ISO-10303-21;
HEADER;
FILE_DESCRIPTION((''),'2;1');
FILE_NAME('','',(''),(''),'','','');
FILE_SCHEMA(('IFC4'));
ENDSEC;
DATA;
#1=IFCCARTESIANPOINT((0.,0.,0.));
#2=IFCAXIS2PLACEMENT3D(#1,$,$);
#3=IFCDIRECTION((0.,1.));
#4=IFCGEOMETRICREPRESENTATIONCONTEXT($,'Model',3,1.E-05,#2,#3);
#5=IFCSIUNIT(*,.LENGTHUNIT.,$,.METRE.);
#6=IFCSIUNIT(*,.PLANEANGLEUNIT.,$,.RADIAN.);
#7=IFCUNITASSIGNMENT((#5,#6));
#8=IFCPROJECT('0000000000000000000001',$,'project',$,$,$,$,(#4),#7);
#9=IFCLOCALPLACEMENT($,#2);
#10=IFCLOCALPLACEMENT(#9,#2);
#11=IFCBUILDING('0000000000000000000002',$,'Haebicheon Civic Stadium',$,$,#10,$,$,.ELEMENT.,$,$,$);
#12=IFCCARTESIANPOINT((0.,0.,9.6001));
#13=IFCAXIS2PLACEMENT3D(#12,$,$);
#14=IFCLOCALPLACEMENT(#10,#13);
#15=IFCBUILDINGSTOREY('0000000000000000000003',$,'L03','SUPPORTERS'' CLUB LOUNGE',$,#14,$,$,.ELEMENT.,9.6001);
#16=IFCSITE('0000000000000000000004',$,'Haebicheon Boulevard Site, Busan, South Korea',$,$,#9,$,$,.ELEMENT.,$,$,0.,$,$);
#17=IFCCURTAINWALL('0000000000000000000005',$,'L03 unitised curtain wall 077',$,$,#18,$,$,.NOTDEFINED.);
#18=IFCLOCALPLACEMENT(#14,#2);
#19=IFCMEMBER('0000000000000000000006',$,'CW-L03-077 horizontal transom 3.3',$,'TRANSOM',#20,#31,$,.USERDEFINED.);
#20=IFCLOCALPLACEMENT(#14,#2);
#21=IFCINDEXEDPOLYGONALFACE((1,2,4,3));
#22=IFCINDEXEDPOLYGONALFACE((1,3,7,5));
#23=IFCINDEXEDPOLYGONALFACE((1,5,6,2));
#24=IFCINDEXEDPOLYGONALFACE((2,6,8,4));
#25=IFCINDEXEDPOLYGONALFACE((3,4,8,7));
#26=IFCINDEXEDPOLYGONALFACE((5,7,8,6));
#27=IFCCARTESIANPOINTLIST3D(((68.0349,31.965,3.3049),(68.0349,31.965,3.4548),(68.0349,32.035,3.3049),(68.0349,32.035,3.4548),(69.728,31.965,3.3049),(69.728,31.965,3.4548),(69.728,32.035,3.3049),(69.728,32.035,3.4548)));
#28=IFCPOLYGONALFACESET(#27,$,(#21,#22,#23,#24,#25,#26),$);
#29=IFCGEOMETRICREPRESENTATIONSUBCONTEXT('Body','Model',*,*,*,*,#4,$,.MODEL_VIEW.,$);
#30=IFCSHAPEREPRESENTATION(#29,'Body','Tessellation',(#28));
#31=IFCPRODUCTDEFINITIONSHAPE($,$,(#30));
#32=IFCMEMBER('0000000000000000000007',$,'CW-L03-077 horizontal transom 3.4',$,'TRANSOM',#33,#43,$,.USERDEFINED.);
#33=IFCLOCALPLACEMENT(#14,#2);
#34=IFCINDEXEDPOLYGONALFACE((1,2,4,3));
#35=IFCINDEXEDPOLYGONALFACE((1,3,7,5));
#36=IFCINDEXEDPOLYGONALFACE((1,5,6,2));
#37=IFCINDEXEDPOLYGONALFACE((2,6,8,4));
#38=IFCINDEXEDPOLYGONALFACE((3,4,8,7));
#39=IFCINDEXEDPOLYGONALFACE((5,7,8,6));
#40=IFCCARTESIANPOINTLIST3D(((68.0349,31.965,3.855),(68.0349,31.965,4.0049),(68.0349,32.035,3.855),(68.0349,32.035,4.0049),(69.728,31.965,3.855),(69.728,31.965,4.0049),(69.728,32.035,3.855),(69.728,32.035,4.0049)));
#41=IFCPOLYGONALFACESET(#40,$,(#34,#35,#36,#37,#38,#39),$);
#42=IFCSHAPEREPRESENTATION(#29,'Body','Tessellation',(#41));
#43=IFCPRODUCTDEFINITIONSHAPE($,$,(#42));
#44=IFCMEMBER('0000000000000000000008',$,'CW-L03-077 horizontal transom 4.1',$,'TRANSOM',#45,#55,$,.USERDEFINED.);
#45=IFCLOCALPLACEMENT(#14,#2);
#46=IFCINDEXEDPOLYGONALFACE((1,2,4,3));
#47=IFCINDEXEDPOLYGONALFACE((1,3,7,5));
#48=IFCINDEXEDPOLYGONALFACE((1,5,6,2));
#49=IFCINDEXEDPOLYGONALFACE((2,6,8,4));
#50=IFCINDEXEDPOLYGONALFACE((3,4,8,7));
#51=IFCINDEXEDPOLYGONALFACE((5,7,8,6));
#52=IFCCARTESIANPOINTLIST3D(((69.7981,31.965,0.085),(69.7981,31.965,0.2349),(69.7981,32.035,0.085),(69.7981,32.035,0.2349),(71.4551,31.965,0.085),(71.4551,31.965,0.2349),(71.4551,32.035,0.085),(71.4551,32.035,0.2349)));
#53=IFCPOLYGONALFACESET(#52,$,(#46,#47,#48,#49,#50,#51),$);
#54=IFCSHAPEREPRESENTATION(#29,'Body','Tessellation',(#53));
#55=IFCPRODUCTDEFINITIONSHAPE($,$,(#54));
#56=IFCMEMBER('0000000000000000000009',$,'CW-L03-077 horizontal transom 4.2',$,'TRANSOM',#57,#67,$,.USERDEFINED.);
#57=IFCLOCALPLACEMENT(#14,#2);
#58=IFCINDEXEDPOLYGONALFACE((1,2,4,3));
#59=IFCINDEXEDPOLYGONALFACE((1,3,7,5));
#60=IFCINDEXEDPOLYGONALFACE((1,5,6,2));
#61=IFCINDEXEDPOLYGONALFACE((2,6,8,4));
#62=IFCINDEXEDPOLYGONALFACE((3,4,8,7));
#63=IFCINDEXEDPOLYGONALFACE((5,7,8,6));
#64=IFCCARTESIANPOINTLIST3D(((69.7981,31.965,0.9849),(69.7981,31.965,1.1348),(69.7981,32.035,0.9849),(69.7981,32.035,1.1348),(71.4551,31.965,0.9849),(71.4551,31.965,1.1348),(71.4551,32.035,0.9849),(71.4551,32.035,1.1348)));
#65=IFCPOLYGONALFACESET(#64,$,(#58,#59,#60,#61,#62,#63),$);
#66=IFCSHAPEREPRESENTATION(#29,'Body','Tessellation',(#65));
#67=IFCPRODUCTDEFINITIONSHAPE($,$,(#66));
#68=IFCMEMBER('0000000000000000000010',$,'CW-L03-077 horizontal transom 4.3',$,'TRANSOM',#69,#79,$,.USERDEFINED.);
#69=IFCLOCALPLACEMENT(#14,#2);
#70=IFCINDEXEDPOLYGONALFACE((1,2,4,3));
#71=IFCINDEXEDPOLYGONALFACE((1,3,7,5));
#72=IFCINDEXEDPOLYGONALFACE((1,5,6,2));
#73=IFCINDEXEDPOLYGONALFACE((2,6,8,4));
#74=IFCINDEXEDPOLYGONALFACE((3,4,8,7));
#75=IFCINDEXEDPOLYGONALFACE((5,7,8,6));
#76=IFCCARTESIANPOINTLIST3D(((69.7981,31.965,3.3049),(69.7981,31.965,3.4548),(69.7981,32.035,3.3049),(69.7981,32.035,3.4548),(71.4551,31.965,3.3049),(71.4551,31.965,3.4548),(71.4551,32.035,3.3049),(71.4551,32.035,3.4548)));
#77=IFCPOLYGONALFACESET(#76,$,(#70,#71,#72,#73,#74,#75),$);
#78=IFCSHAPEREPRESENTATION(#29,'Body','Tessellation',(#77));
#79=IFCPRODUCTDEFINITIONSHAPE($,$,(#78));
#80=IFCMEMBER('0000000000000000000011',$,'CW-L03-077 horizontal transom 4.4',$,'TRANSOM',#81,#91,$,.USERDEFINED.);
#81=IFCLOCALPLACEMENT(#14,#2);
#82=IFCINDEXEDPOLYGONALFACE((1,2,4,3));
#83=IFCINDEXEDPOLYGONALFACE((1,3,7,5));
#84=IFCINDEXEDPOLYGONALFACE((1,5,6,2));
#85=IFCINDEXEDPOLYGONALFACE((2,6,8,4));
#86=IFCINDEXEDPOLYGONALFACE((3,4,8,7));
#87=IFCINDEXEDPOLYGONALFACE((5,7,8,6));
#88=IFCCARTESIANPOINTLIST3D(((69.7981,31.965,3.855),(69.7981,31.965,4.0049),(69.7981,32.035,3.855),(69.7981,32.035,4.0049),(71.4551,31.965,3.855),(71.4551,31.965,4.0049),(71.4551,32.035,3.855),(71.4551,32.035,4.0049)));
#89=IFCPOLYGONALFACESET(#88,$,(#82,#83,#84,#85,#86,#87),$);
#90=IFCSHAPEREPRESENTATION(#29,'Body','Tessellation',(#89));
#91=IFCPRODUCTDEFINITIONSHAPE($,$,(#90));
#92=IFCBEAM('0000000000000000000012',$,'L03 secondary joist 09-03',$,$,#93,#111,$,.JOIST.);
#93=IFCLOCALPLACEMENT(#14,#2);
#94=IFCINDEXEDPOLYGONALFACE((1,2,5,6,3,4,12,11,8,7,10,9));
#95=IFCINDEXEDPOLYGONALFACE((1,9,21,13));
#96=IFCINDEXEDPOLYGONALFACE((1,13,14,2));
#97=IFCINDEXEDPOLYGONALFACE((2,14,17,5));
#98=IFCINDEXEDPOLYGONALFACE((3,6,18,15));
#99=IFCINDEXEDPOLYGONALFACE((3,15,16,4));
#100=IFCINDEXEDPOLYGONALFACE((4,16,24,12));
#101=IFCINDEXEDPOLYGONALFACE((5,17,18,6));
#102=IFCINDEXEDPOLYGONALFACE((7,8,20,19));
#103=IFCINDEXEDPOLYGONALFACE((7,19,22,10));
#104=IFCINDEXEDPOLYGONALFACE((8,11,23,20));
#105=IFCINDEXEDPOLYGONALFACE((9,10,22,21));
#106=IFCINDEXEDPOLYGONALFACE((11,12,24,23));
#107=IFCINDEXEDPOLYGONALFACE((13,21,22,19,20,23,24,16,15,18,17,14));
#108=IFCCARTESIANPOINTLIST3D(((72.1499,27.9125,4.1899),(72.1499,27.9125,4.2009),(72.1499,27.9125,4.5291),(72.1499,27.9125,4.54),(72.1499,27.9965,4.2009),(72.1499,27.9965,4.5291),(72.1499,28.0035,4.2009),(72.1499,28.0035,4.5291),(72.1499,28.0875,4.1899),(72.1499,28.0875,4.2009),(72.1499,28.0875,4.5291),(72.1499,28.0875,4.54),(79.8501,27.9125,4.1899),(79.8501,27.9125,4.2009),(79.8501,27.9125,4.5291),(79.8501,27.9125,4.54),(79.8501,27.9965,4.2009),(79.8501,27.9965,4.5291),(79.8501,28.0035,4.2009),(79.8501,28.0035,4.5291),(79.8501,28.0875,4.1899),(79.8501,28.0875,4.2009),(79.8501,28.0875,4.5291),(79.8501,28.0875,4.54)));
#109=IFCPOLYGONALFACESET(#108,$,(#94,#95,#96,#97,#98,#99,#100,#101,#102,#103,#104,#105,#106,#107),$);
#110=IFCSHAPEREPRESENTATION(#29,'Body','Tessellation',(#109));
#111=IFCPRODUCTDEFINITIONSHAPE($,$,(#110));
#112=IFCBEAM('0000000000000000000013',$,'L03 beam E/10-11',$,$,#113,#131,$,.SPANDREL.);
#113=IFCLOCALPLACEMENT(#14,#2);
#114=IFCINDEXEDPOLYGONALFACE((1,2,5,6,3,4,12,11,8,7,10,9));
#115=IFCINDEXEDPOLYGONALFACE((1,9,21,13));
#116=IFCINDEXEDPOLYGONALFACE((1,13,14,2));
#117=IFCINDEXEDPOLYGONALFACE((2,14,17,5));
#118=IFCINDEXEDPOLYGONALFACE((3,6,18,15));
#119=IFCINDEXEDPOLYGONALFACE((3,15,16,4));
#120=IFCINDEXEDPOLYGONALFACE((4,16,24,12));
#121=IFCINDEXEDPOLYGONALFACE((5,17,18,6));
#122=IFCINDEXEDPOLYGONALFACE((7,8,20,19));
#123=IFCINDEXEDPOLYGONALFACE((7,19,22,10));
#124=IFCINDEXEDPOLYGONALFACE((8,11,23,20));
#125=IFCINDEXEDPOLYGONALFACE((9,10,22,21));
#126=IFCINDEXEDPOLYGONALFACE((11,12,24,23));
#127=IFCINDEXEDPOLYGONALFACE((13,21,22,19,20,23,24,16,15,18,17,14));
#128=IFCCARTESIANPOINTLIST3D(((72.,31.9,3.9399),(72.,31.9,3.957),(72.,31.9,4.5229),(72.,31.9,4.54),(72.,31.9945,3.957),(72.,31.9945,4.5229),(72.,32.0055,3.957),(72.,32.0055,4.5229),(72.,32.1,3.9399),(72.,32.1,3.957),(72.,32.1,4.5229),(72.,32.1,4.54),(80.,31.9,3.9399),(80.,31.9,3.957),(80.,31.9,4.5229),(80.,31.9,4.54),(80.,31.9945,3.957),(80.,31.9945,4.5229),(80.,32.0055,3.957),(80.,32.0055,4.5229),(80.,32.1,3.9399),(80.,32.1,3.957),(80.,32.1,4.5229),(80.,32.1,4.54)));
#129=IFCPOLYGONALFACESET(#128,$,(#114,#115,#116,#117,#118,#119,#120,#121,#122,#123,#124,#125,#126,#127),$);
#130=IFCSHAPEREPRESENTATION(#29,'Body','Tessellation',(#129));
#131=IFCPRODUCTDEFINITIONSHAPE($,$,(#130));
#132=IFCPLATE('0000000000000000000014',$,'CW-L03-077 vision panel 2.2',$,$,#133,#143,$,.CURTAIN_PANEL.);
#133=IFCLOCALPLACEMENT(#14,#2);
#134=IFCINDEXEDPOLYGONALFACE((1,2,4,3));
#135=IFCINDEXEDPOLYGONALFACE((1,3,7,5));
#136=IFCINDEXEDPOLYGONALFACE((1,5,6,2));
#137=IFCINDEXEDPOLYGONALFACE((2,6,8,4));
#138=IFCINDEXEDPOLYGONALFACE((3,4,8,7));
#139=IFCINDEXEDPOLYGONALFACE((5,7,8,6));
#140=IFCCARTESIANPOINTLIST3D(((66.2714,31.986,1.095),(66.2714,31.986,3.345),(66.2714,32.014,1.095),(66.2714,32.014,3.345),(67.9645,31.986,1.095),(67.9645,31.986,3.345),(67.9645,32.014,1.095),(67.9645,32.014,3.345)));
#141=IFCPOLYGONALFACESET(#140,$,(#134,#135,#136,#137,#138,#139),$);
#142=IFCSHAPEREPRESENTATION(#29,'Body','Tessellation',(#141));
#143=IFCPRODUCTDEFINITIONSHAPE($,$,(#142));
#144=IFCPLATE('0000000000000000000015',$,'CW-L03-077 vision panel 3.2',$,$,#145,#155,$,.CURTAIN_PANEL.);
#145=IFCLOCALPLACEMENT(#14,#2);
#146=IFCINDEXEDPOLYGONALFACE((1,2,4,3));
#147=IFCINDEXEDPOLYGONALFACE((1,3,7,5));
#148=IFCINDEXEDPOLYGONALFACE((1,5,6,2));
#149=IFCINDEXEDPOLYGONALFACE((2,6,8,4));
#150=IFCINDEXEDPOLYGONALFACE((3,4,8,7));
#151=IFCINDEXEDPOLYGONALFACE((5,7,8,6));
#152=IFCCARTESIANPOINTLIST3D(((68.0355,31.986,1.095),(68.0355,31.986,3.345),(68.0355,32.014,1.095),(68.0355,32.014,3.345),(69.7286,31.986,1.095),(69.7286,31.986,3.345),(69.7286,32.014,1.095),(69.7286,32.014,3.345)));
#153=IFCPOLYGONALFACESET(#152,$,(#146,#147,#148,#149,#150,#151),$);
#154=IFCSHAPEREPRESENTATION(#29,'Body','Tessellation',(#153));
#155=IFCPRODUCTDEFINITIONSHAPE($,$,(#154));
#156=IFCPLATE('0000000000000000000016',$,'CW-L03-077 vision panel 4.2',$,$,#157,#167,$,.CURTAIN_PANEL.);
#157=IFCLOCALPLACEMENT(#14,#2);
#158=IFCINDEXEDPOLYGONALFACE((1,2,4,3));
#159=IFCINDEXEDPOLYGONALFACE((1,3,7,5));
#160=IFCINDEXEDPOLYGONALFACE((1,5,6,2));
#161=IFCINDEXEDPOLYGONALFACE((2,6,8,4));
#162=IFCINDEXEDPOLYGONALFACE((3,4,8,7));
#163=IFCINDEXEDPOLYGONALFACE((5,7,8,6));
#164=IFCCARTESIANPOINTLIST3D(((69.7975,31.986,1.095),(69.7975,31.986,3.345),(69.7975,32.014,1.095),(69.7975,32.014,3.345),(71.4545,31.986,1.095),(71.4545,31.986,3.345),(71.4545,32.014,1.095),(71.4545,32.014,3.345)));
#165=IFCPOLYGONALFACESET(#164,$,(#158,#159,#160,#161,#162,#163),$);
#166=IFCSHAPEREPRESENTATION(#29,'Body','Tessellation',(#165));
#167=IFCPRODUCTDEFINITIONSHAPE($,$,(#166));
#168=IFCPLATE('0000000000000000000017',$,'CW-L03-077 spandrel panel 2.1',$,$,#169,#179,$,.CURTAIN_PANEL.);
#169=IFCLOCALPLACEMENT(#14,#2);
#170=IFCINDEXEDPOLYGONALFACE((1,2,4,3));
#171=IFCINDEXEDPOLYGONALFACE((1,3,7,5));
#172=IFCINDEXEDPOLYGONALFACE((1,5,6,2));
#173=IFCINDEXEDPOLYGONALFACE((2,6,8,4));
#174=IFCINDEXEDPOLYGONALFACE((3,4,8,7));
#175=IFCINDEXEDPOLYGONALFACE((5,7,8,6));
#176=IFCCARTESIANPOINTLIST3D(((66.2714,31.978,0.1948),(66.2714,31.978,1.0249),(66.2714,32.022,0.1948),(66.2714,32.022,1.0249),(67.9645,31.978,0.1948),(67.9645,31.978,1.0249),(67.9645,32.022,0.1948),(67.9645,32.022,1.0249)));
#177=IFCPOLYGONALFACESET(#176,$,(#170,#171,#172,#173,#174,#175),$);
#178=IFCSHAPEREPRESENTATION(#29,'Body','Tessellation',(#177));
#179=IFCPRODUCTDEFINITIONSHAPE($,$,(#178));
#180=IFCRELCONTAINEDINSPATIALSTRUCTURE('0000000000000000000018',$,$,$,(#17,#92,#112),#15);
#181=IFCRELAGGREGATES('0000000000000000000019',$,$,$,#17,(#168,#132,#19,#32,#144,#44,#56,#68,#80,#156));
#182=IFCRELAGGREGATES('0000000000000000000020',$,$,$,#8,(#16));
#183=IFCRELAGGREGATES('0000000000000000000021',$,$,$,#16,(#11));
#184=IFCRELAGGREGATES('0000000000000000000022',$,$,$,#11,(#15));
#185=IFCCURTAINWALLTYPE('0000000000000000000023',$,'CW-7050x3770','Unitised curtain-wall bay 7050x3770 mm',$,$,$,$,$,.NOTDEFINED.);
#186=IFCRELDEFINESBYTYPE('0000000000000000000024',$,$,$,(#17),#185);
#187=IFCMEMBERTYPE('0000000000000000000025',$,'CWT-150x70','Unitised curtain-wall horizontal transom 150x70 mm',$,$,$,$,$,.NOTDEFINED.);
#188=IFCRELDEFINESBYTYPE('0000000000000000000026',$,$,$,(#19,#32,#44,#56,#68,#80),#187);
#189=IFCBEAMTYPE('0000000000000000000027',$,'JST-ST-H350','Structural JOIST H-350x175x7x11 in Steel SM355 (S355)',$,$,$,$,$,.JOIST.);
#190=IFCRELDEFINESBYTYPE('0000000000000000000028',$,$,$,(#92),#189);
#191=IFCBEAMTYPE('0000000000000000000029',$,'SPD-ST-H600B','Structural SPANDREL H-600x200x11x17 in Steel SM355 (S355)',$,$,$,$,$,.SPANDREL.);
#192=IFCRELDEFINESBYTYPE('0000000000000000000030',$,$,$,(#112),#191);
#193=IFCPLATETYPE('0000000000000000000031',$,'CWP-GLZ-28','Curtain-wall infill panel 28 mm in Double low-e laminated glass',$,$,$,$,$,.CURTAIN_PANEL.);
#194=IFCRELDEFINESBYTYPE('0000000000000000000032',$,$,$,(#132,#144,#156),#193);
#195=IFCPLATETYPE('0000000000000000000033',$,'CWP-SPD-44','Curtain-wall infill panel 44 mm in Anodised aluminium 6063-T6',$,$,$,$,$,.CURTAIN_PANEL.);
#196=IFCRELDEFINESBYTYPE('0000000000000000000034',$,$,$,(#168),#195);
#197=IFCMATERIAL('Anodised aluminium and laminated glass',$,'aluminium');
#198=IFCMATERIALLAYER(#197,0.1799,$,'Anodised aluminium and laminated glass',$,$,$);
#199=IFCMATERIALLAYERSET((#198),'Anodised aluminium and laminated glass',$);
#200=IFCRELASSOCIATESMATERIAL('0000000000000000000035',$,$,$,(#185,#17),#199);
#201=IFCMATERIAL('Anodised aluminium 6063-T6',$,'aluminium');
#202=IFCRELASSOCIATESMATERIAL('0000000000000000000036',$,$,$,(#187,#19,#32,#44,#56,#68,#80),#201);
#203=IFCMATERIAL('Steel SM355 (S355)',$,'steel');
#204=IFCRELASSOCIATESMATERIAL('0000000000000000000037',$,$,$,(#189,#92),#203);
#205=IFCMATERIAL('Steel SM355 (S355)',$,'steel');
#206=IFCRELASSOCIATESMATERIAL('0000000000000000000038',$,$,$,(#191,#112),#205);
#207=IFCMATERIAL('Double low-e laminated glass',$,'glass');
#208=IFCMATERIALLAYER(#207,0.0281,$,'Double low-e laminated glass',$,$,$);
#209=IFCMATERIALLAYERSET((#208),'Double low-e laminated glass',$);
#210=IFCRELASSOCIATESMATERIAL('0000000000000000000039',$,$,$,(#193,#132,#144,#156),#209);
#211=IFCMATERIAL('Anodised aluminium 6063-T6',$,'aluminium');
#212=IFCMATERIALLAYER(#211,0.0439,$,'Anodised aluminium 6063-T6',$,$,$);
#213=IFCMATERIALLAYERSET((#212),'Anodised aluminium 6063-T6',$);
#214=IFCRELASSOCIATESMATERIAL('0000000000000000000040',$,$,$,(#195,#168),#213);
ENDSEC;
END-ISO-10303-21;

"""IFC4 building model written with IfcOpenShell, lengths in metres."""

from ifc_helpers import new_model, si_unit, direction, frame, origin, origin_2d, place, context, subcontext, project, spatial, rectangle, i_section, extrude, material, layer, layer_set, material_profile, profile_set, type_object, element, aggregate, save


model = new_model("IFC4")

# Units and contexts
model_context = context("Model", 3, precision=1e-05, world=origin(), true_north=direction((0.0, 1.0)))
body_context = subcontext(model_context, "Body", "Model", "MODEL_VIEW")
ifc_project = project(units=[si_unit("LENGTHUNIT", "METRE"), si_unit("PLANEANGLEUNIT", "RADIAN")], contexts=[model_context])

# Site, building, storey
site_placement = place(None, origin())
site = spatial("IfcSite", under=ifc_project, at=site_placement, Name="Haebicheon Boulevard Site, Busan, South Korea", CompositionType="ELEMENT", RefElevation=0.0)
building_placement = place(site_placement, origin())
building = spatial("IfcBuilding", under=site, at=building_placement, Name="Haebicheon Civic Stadium", CompositionType="ELEMENT")
storey_placement = place(building_placement, frame((0.0, 0.0, 9.6001)))
storey = spatial("IfcBuildingStorey", under=building, at=storey_placement, Name="L03", Description="SUPPORTERS' CLUB LOUNGE", CompositionType="ELEMENT", Elevation=9.6001)

# Curtain wall, members
ifc_material_1 = material(Name="Anodised aluminium and laminated glass", Category="aluminium")
ifc_layer_1 = layer(ifc_material_1, 0.1799, Name="Anodised aluminium and laminated glass")
ifc_layer_set_1 = layer_set([ifc_layer_1], Name="Anodised aluminium and laminated glass")
curtain_wall_type = type_object("IfcCurtainWallType", Name="CW-7050x3770", Description="Unitised curtain-wall bay 7050x3770 mm", PredefinedType="NOTDEFINED", material=ifc_layer_set_1)
curtain_wall_placement = place(storey_placement, origin())
curtain_wall = element("IfcCurtainWall", 1, at=curtain_wall_placement, inside=storey, type_object=curtain_wall_type, material=ifc_layer_set_1, Name="L03 unitised curtain wall 077", PredefinedType="NOTDEFINED")
ifc_material_2 = material(Name="Anodised aluminium 6063-T6", Category="aluminium")
ifc_material_profile_1 = material_profile(ifc_material_2, rectangle(XDim=0.0701, YDim=0.1499, at=origin_2d()), Name="ALU-TRAN-70x150")
ifc_profile_set_1 = profile_set([ifc_material_profile_1], Name="Anodised aluminium 6063-T6")
member_type_1 = type_object("IfcMemberType", Name="CWT-150x70", Description="Unitised curtain-wall horizontal transom 150x70 mm", PredefinedType="NOTDEFINED", material=ifc_profile_set_1)
member_1_placement = place(storey_placement, frame((68.0349, 32.0, 3.3799), z_axis=(1.0, 0.0, 0.0), x_axis=(0.0, 1.0, 0.0)))
member_1 = element("IfcMember", 2, at=member_1_placement, type_object=member_type_1, material=ifc_profile_set_1, Name="CW-L03-077 horizontal transom 3.3", ObjectType="TRANSOM", PredefinedType="USERDEFINED", context=body_context, shape_type="SweptSolid", body=[
    extrude(rectangle(XDim=0.0701, YDim=0.1499, at=origin_2d()), origin(), (0.0, 0.0, 1.0), 1.6931),
])
member_2_placement = place(storey_placement, frame((68.0349, 32.0, 3.9299), z_axis=(1.0, 0.0, 0.0), x_axis=(0.0, 1.0, 0.0)))
member_2 = element("IfcMember", 3, at=member_2_placement, type_object=member_type_1, material=ifc_profile_set_1, Name="CW-L03-077 horizontal transom 3.4", ObjectType="TRANSOM", PredefinedType="USERDEFINED", context=body_context, shape_type="SweptSolid", body=[
    extrude(rectangle(XDim=0.0701, YDim=0.1499, at=origin_2d()), origin(), (0.0, 0.0, 1.0), 1.6931),
])
member_3_placement = place(storey_placement, frame((69.7981, 32.0, 0.1599), z_axis=(1.0, 0.0, 0.0), x_axis=(0.0, 1.0, 0.0)))
member_3 = element("IfcMember", 4, at=member_3_placement, type_object=member_type_1, material=ifc_profile_set_1, Name="CW-L03-077 horizontal transom 4.1", ObjectType="TRANSOM", PredefinedType="USERDEFINED", context=body_context, shape_type="SweptSolid", body=[
    extrude(rectangle(XDim=0.0701, YDim=0.1499, at=origin_2d()), origin(), (0.0, 0.0, 1.0), 1.657),
])
member_4_placement = place(storey_placement, frame((69.7981, 32.0, 1.0598), z_axis=(1.0, 0.0, 0.0), x_axis=(0.0, 1.0, 0.0)))
member_4 = element("IfcMember", 5, at=member_4_placement, type_object=member_type_1, material=ifc_profile_set_1, Name="CW-L03-077 horizontal transom 4.2", ObjectType="TRANSOM", PredefinedType="USERDEFINED", context=body_context, shape_type="SweptSolid", body=[
    extrude(rectangle(XDim=0.0701, YDim=0.1499, at=origin_2d()), origin(), (0.0, 0.0, 1.0), 1.657),
])
member_5_placement = place(storey_placement, frame((69.7981, 32.0, 3.3799), z_axis=(1.0, 0.0, 0.0), x_axis=(0.0, 1.0, 0.0)))
member_5 = element("IfcMember", 6, at=member_5_placement, type_object=member_type_1, material=ifc_profile_set_1, Name="CW-L03-077 horizontal transom 4.3", ObjectType="TRANSOM", PredefinedType="USERDEFINED", context=body_context, shape_type="SweptSolid", body=[
    extrude(rectangle(XDim=0.0701, YDim=0.1499, at=origin_2d()), origin(), (0.0, 0.0, 1.0), 1.657),
])
member_6_placement = place(storey_placement, frame((69.7981, 32.0, 3.9299), z_axis=(1.0, 0.0, 0.0), x_axis=(0.0, 1.0, 0.0)))
member_6 = element("IfcMember", 7, at=member_6_placement, type_object=member_type_1, material=ifc_profile_set_1, Name="CW-L03-077 horizontal transom 4.4", ObjectType="TRANSOM", PredefinedType="USERDEFINED", context=body_context, shape_type="SweptSolid", body=[
    extrude(rectangle(XDim=0.0701, YDim=0.1499, at=origin_2d()), origin(), (0.0, 0.0, 1.0), 1.657),
])

# Beams
ifc_material_3 = material(Name="Steel SM355 (S355)", Category="steel")
ifc_material_profile_2 = material_profile(ifc_material_3, i_section(OverallWidth=0.175, OverallDepth=0.3501, WebThickness=0.0071, FlangeThickness=0.011, at=origin_2d()), Name="H-350x175x7x11")
ifc_profile_set_2 = profile_set([ifc_material_profile_2], Name="Steel SM355 (S355)")
beam_type_1 = type_object("IfcBeamType", Name="JST-ST-H350", Description="Structural JOIST H-350x175x7x11 in Steel SM355 (S355)", PredefinedType="JOIST", material=ifc_profile_set_2)
beam_1_placement = place(storey_placement, frame((72.1499, 28.0, 4.365), z_axis=(1.0, 0.0, 0.0), x_axis=(0.0, 1.0, 0.0)))
element("IfcBeam", 8, at=beam_1_placement, inside=storey, type_object=beam_type_1, material=ifc_profile_set_2, Name="L03 secondary joist 09-03", PredefinedType="JOIST", context=body_context, shape_type="SweptSolid", body=[
    extrude(i_section(OverallWidth=0.175, OverallDepth=0.3501, WebThickness=0.0071, FlangeThickness=0.011, at=origin_2d()), origin(), (0.0, 0.0, 1.0), 7.7002),
])
ifc_material_4 = material(Name="Steel SM355 (S355)", Category="steel")
ifc_material_profile_3 = material_profile(ifc_material_4, i_section(OverallWidth=0.2, OverallDepth=0.6001, WebThickness=0.011, FlangeThickness=0.0171, at=origin_2d()), Name="H-600x200x11x17")
ifc_profile_set_3 = profile_set([ifc_material_profile_3], Name="Steel SM355 (S355)")
beam_type_2 = type_object("IfcBeamType", Name="SPD-ST-H600B", Description="Structural SPANDREL H-600x200x11x17 in Steel SM355 (S355)", PredefinedType="SPANDREL", material=ifc_profile_set_3)
beam_2_placement = place(storey_placement, frame((72.0, 32.0, 4.24), z_axis=(1.0, 0.0, 0.0), x_axis=(0.0, 1.0, 0.0)))
element("IfcBeam", 9, at=beam_2_placement, inside=storey, type_object=beam_type_2, material=ifc_profile_set_3, Name="L03 beam E/10-11", PredefinedType="SPANDREL", context=body_context, shape_type="SweptSolid", body=[
    extrude(i_section(OverallWidth=0.2, OverallDepth=0.6001, WebThickness=0.011, FlangeThickness=0.0171, at=origin_2d()), origin(), (0.0, 0.0, 1.0), 8.0),
])

# Plates
ifc_material_5 = material(Name="Double low-e laminated glass", Category="glass")
ifc_layer_2 = layer(ifc_material_5, 0.0281, Name="Double low-e laminated glass")
ifc_layer_set_2 = layer_set([ifc_layer_2], Name="Double low-e laminated glass")
plate_type_1 = type_object("IfcPlateType", Name="CWP-GLZ-28", Description="Curtain-wall infill panel 28 mm in Double low-e laminated glass", PredefinedType="CURTAIN_PANEL", material=ifc_layer_set_2)
plate_1_placement = place(storey_placement, frame((67.1179, 32.0, 1.095), z_axis=(0.0, 0.0, 1.0), x_axis=(1.0, 0.0, 0.0)))
plate_1 = element("IfcPlate", 10, at=plate_1_placement, type_object=plate_type_1, material=ifc_layer_set_2, Name="CW-L03-077 vision panel 2.2", PredefinedType="CURTAIN_PANEL", context=body_context, shape_type="SweptSolid", body=[
    extrude(rectangle(XDim=1.6931, YDim=0.0281, at=origin_2d()), origin(), (0.0, 0.0, 1.0), 2.25),
])
plate_2_placement = place(storey_placement, frame((68.8821, 32.0, 1.095), z_axis=(0.0, 0.0, 1.0), x_axis=(1.0, 0.0, 0.0)))
plate_2 = element("IfcPlate", 11, at=plate_2_placement, type_object=plate_type_1, material=ifc_layer_set_2, Name="CW-L03-077 vision panel 3.2", PredefinedType="CURTAIN_PANEL", context=body_context, shape_type="SweptSolid", body=[
    extrude(rectangle(XDim=1.6931, YDim=0.0281, at=origin_2d()), origin(), (0.0, 0.0, 1.0), 2.25),
])
plate_3_placement = place(storey_placement, frame((70.626, 32.0, 1.095), z_axis=(0.0, 0.0, 1.0), x_axis=(1.0, 0.0, 0.0)))
plate_3 = element("IfcPlate", 12, at=plate_3_placement, type_object=plate_type_1, material=ifc_layer_set_2, Name="CW-L03-077 vision panel 4.2", PredefinedType="CURTAIN_PANEL", context=body_context, shape_type="SweptSolid", body=[
    extrude(rectangle(XDim=1.657, YDim=0.0281, at=origin_2d()), origin(), (0.0, 0.0, 1.0), 2.25),
])
ifc_material_6 = material(Name="Anodised aluminium 6063-T6", Category="aluminium")
ifc_layer_3 = layer(ifc_material_6, 0.0439, Name="Anodised aluminium 6063-T6")
ifc_layer_set_3 = layer_set([ifc_layer_3], Name="Anodised aluminium 6063-T6")
plate_type_2 = type_object("IfcPlateType", Name="CWP-SPD-44", Description="Curtain-wall infill panel 44 mm in Anodised aluminium 6063-T6", PredefinedType="CURTAIN_PANEL", material=ifc_layer_set_3)
plate_4_placement = place(storey_placement, frame((67.1179, 32.0, 0.1948), z_axis=(0.0, 0.0, 1.0), x_axis=(1.0, 0.0, 0.0)))
plate_4 = element("IfcPlate", 13, at=plate_4_placement, type_object=plate_type_2, material=ifc_layer_set_3, Name="CW-L03-077 spandrel panel 2.1", PredefinedType="CURTAIN_PANEL", context=body_context, shape_type="SweptSolid", body=[
    extrude(rectangle(XDim=1.6931, YDim=0.0439, at=origin_2d()), origin(), (0.0, 0.0, 1.0), 0.8301),
])
aggregate(curtain_wall, [plate_4, plate_1, member_1, member_2, plate_2, member_3, member_4, member_5, member_6, plate_3])

save(model, "model.ifc")
